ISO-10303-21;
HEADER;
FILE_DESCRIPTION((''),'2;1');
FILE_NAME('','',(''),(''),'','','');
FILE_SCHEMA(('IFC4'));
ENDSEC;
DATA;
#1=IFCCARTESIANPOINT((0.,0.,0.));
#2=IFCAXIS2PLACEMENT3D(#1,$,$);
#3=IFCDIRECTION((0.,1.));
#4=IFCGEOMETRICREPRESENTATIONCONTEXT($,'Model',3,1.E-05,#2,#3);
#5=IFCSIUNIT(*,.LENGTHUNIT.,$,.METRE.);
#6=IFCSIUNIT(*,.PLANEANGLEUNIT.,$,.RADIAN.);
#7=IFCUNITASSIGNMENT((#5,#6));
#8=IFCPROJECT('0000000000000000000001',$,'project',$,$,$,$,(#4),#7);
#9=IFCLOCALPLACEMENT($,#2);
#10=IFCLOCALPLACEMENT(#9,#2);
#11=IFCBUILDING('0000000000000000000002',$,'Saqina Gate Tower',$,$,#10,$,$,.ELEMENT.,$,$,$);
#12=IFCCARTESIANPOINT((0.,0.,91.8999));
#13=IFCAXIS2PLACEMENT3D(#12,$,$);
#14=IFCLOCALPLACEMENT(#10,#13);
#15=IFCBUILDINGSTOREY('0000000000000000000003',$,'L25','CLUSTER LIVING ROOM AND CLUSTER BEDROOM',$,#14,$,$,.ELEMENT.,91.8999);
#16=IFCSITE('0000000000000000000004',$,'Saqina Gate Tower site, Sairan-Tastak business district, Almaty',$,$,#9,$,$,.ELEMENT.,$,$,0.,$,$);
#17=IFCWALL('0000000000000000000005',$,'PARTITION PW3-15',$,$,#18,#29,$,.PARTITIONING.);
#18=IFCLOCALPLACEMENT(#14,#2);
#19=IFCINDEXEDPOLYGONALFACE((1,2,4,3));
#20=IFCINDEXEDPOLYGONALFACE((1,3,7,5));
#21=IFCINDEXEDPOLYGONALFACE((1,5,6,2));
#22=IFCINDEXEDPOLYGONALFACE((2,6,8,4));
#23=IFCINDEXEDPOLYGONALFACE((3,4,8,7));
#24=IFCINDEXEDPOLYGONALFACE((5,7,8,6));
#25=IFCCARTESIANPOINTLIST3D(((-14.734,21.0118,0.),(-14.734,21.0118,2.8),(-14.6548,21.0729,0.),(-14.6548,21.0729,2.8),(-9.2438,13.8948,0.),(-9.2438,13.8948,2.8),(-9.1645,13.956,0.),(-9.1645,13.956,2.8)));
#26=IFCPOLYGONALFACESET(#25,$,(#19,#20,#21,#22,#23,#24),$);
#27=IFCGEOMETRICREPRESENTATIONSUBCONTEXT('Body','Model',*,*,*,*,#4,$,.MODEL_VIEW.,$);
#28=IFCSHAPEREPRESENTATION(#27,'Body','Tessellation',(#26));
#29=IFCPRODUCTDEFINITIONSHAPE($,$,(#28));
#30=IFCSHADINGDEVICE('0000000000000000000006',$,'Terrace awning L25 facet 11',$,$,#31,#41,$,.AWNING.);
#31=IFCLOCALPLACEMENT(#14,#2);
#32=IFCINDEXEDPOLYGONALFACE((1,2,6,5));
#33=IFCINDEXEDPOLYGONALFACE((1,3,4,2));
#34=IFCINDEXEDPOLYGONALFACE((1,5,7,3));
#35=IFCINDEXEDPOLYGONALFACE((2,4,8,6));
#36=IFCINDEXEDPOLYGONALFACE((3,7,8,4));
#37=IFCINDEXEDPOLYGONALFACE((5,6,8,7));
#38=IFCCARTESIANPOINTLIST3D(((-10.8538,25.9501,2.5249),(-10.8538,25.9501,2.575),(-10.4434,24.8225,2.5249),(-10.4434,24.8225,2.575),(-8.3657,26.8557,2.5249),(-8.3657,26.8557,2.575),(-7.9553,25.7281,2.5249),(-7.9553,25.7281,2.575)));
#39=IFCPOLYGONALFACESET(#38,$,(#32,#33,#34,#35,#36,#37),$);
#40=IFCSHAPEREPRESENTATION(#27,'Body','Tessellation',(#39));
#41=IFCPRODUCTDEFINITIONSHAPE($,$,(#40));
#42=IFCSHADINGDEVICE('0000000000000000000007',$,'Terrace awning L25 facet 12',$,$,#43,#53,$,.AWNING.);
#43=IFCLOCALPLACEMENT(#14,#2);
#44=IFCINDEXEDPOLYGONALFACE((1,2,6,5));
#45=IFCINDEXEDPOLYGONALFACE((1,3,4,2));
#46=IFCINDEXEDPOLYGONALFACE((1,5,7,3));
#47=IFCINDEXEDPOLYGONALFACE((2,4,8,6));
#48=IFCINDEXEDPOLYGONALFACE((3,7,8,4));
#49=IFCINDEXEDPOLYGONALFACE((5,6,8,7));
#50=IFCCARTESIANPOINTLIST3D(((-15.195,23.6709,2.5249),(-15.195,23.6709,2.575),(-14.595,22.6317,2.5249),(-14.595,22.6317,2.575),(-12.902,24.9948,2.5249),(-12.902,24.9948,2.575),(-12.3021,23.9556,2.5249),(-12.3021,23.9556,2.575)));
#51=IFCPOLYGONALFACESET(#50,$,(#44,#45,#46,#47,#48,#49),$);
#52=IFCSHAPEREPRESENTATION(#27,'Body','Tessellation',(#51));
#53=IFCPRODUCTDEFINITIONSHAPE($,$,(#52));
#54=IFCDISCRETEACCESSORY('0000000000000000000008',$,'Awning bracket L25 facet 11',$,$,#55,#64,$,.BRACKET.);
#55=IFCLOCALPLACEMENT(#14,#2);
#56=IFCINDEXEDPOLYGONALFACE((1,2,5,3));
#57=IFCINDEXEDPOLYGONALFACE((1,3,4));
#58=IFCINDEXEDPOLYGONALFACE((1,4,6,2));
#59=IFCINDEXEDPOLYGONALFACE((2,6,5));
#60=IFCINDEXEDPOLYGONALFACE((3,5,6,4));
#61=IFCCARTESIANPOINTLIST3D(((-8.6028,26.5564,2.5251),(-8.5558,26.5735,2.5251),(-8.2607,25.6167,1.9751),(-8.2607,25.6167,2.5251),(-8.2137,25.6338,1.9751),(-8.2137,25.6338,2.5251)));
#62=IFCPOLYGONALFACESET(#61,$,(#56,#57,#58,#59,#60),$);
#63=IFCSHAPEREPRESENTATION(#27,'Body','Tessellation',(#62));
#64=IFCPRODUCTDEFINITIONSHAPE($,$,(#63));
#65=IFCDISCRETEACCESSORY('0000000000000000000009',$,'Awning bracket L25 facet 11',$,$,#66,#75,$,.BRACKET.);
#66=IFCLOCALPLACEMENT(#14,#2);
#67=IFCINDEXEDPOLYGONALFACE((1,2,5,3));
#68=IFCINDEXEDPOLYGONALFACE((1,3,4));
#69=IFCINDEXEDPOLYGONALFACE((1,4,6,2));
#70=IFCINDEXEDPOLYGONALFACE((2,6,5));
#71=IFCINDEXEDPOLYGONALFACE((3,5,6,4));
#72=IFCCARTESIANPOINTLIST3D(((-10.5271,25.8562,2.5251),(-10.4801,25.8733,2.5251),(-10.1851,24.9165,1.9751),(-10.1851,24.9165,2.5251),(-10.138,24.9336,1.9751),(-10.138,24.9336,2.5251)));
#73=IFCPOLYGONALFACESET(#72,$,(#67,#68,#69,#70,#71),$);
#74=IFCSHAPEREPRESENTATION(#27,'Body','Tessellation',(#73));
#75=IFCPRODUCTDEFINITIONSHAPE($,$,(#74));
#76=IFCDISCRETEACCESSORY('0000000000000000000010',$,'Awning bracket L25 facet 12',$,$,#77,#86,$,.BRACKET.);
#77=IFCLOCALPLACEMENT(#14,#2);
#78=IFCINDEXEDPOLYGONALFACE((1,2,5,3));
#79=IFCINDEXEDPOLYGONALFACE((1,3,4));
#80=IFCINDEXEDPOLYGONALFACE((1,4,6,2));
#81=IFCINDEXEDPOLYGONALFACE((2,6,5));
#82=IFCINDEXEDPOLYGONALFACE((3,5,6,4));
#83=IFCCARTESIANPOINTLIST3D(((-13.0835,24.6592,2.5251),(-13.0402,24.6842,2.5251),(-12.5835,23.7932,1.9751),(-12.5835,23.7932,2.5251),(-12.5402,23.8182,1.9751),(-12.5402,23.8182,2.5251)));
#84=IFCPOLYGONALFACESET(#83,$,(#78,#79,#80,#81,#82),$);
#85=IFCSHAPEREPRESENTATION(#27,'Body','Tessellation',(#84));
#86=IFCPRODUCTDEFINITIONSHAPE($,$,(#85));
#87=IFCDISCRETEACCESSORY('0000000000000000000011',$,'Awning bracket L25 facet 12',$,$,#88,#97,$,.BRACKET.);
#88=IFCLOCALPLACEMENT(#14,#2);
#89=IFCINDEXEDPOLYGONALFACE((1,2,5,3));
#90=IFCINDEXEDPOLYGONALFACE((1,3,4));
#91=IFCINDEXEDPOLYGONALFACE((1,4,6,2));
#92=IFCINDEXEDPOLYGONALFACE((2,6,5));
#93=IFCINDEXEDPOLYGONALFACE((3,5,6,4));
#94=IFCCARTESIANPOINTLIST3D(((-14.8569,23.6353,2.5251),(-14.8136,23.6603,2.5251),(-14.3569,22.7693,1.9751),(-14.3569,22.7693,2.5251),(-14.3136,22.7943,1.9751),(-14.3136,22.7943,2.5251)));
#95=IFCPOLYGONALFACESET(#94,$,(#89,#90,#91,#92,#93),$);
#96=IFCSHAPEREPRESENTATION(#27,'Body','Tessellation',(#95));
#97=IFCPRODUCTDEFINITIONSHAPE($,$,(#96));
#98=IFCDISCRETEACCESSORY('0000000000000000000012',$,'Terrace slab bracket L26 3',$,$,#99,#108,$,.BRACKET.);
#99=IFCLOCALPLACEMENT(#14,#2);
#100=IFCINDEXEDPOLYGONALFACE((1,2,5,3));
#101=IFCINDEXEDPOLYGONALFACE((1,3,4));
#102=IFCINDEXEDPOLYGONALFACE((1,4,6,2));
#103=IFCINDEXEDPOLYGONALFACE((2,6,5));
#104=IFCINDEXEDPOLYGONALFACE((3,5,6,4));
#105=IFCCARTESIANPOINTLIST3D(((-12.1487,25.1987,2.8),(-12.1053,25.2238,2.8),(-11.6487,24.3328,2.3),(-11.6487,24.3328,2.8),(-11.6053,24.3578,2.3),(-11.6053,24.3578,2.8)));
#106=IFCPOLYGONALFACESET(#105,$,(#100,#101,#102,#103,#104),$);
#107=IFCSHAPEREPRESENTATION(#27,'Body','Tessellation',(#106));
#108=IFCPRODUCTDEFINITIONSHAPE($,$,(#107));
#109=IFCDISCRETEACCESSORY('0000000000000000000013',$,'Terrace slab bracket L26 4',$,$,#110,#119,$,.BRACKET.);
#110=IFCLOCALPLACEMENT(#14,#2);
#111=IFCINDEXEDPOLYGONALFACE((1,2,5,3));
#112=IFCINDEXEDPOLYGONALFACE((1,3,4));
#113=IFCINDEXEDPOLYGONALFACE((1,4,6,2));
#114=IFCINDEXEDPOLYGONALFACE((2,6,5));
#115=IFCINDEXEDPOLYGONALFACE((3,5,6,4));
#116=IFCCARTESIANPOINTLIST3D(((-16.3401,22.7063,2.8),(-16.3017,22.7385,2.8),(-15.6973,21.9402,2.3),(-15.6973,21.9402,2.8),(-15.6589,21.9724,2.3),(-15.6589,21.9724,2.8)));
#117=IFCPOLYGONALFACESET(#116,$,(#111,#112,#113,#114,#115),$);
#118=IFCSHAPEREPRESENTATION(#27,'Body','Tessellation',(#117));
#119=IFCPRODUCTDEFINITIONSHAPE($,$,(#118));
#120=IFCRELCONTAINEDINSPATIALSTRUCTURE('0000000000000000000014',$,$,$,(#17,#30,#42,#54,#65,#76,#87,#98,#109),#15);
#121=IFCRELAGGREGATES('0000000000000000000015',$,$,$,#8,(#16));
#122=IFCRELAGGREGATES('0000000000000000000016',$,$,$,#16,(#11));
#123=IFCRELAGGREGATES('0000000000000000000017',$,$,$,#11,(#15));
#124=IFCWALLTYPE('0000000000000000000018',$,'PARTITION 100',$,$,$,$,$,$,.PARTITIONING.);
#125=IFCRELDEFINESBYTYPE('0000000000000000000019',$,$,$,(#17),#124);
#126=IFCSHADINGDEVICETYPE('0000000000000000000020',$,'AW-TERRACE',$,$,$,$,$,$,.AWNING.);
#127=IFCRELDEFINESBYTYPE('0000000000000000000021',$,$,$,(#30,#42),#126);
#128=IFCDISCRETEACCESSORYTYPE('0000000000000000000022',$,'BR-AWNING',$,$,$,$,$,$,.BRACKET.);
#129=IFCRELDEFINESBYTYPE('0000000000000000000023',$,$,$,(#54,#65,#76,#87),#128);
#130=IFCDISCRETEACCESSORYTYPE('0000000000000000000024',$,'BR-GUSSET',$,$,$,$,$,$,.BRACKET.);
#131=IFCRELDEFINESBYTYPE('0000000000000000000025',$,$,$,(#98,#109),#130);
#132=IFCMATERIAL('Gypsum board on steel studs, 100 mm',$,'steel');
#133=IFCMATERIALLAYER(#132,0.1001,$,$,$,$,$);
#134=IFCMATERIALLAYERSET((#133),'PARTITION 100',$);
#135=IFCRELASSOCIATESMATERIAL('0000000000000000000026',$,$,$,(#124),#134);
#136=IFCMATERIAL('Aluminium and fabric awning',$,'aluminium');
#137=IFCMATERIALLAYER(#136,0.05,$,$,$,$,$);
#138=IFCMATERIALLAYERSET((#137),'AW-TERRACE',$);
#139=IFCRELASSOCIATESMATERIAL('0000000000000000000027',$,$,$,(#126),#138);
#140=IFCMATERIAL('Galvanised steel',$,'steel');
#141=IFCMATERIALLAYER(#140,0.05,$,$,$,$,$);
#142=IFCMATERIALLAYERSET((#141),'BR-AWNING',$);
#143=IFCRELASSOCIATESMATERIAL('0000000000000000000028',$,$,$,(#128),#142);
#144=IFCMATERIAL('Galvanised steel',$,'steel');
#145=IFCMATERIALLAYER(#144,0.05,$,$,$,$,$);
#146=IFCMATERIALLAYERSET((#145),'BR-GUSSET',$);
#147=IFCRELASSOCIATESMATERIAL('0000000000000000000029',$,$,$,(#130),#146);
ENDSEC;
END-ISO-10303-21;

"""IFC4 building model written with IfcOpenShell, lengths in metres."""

from ifc_helpers import new_model, si_unit, direction, frame, frame_2d, origin, origin_2d, place, context, subcontext, project, spatial, polyline, rectangle, outline, extrude, material, layer, layer_set, type_object, element, save


model = new_model("IFC4")

# Units and contexts
model_context = context("Model", 3, precision=1e-05, world=origin(), true_north=direction((0.0, 1.0)))
body_context = subcontext(model_context, "Body", "Model", "MODEL_VIEW")
ifc_project = project(units=[si_unit("LENGTHUNIT", "METRE"), si_unit("PLANEANGLEUNIT", "RADIAN")], contexts=[model_context])

# Site, building, storey
site_placement = place(None, origin())
site = spatial("IfcSite", under=ifc_project, at=site_placement, Name="Saqina Gate Tower site, Sairan-Tastak business district, Almaty", CompositionType="ELEMENT", RefElevation=0.0)
building_placement = place(site_placement, origin())
building = spatial("IfcBuilding", under=site, at=building_placement, Name="Saqina Gate Tower", CompositionType="ELEMENT")
storey_placement = place(building_placement, frame((0.0, 0.0, 91.8999)))
storey = spatial("IfcBuildingStorey", under=building, at=storey_placement, Name="L25", Description="CLUSTER LIVING ROOM AND CLUSTER BEDROOM", CompositionType="ELEMENT", Elevation=91.8999)

# Wall
ifc_material_1 = material(Name="Gypsum board on steel studs, 100 mm", Category="steel")
ifc_layer_1 = layer(ifc_material_1, 0.1001)
ifc_layer_set_1 = layer_set([ifc_layer_1], Name="PARTITION 100")
wall_type_1 = type_object("IfcWallType", Name="PARTITION 100", PredefinedType="PARTITIONING", material=ifc_layer_set_1)
wall_1_placement = place(storey_placement, frame((-14.6943, 21.0422, 0.0), z_axis=(0.0, 0.0, 1.0), x_axis=(0.610805, -0.791781, 0.0)))
element("IfcWall", 1, at=wall_1_placement, inside=storey, type_object=wall_type_1, Name="PARTITION PW3-15", PredefinedType="PARTITIONING", context=body_context, shape_type="SweptSolid", body=[
    extrude(rectangle(XDim=8.9885, YDim=0.1001, at=frame_2d((4.4941, 0.0))), origin(), (0.0, 0.0, 1.0), 2.8),
])

# Shading devices
ifc_material_2 = material(Name="Aluminium and fabric awning", Category="aluminium")
ifc_layer_2 = layer(ifc_material_2, 0.05)
ifc_layer_set_2 = layer_set([ifc_layer_2], Name="AW-TERRACE")
shading_device_type = type_object("IfcShadingDeviceType", Name="AW-TERRACE", PredefinedType="AWNING", material=ifc_layer_set_2)
for number, where, z_axis, x_axis, name in (
    (2, (-9.4045, 25.8391, 2.5249), (0.0, 0.0, 1.0), (-0.939693, -0.34202, 0.0), "Terrace awning L25 facet 11"),
    (3, (-13.7485, 23.8132, 2.5249), (0.0, 0.0, 1.0), (-0.866025, -0.5, 0.0), "Terrace awning L25 facet 12"),
):
    element("IfcShadingDevice", number, at=place(storey_placement, frame(where, z_axis=z_axis, x_axis=x_axis)), inside=storey, type_object=shading_device_type, Name=name, PredefinedType="AWNING", context=body_context, shape_type="SweptSolid", body=[
        extrude(rectangle(XDim=2.6477, YDim=1.2, at=origin_2d()), origin(), (0.0, 0.0, 1.0), 0.05),
    ])

# Discrete accessories
ifc_material_3 = material(Name="Galvanised steel", Category="steel")
ifc_layer_3 = layer(ifc_material_3, 0.05)
ifc_layer_set_3 = layer_set([ifc_layer_3], Name="BR-AWNING")
discrete_accessory_type_1 = type_object("IfcDiscreteAccessoryType", Name="BR-AWNING", PredefinedType="BRACKET", material=ifc_layer_set_3)
for number, where, z_axis, x_axis, name in (
    (4, (-8.2607, 25.6167, 1.9751), (-0.939686, -0.342037, 0.0), (0.0, 0.0, 1.0), "Awning bracket L25 facet 11"),
    (5, (-10.1851, 24.9165, 1.9751), (-0.939686, -0.342037, 0.0), (0.0, 0.0, 1.0), "Awning bracket L25 facet 11"),
):
    element("IfcDiscreteAccessory", number, at=place(storey_placement, frame(where, z_axis=z_axis, x_axis=x_axis)), inside=storey, type_object=discrete_accessory_type_1, Name=name, PredefinedType="BRACKET", context=body_context, shape_type="SweptSolid", body=[
        extrude(outline(polyline([(0.0, 0.0), (0.55, 0.0), (0.55, 1.0), (0.0, 0.0)])), origin(), (0.0, 0.0, -1.0), 0.05),
    ])
for number, where, z_axis, x_axis, name in (
    (6, (-12.5835, 23.7932, 1.9751), (-0.866011, -0.500025, 0.0), (0.0, 0.0, 1.0), "Awning bracket L25 facet 12"),
    (7, (-14.3569, 22.7693, 1.9751), (-0.866011, -0.500025, 0.0), (0.0, 0.0, 1.0), "Awning bracket L25 facet 12"),
):
    element("IfcDiscreteAccessory", number, at=place(storey_placement, frame(where, z_axis=z_axis, x_axis=x_axis)), inside=storey, type_object=discrete_accessory_type_1, Name=name, PredefinedType="BRACKET", context=body_context, shape_type="SweptSolid", body=[
        extrude(outline(polyline([(0.0, 0.0), (0.55, 0.0), (0.55, 0.9999), (0.0, 0.0)])), origin(), (0.0, 0.0, -1.0), 0.05),
    ])
ifc_material_4 = material(Name="Galvanised steel", Category="steel")
ifc_layer_4 = layer(ifc_material_4, 0.05)
ifc_layer_set_4 = layer_set([ifc_layer_4], Name="BR-GUSSET")
discrete_accessory_type_2 = type_object("IfcDiscreteAccessoryType", Name="BR-GUSSET", PredefinedType="BRACKET", material=ifc_layer_set_4)
discrete_accessory_1_placement = place(storey_placement, frame((-11.6487, 24.3328, 2.3), z_axis=(-0.866011, -0.500025, 0.0), x_axis=(0.0, 0.0, 1.0)))
element("IfcDiscreteAccessory", 8, at=discrete_accessory_1_placement, inside=storey, type_object=discrete_accessory_type_2, Name="Terrace slab bracket L26 3", PredefinedType="BRACKET", context=body_context, shape_type="SweptSolid", body=[
    extrude(outline(polyline([(0.0, 0.0), (0.5, 0.0), (0.5, 0.9999), (0.0, 0.0)])), origin(), (0.0, 0.0, -1.0), 0.05),
])
discrete_accessory_2_placement = place(storey_placement, frame((-15.6973, 21.9402, 2.3), z_axis=(-0.766056, -0.642774, 0.0), x_axis=(0.0, 0.0, 1.0)))
element("IfcDiscreteAccessory", 9, at=discrete_accessory_2_placement, inside=storey, type_object=discrete_accessory_type_2, Name="Terrace slab bracket L26 4", PredefinedType="BRACKET", context=body_context, shape_type="SweptSolid", body=[
    extrude(outline(polyline([(0.0, 0.0), (0.5, 0.0), (0.5, 1.0001), (0.0, 0.0)])), origin(), (0.0, 0.0, -1.0), 0.05),
])

save(model, "model.ifc")
